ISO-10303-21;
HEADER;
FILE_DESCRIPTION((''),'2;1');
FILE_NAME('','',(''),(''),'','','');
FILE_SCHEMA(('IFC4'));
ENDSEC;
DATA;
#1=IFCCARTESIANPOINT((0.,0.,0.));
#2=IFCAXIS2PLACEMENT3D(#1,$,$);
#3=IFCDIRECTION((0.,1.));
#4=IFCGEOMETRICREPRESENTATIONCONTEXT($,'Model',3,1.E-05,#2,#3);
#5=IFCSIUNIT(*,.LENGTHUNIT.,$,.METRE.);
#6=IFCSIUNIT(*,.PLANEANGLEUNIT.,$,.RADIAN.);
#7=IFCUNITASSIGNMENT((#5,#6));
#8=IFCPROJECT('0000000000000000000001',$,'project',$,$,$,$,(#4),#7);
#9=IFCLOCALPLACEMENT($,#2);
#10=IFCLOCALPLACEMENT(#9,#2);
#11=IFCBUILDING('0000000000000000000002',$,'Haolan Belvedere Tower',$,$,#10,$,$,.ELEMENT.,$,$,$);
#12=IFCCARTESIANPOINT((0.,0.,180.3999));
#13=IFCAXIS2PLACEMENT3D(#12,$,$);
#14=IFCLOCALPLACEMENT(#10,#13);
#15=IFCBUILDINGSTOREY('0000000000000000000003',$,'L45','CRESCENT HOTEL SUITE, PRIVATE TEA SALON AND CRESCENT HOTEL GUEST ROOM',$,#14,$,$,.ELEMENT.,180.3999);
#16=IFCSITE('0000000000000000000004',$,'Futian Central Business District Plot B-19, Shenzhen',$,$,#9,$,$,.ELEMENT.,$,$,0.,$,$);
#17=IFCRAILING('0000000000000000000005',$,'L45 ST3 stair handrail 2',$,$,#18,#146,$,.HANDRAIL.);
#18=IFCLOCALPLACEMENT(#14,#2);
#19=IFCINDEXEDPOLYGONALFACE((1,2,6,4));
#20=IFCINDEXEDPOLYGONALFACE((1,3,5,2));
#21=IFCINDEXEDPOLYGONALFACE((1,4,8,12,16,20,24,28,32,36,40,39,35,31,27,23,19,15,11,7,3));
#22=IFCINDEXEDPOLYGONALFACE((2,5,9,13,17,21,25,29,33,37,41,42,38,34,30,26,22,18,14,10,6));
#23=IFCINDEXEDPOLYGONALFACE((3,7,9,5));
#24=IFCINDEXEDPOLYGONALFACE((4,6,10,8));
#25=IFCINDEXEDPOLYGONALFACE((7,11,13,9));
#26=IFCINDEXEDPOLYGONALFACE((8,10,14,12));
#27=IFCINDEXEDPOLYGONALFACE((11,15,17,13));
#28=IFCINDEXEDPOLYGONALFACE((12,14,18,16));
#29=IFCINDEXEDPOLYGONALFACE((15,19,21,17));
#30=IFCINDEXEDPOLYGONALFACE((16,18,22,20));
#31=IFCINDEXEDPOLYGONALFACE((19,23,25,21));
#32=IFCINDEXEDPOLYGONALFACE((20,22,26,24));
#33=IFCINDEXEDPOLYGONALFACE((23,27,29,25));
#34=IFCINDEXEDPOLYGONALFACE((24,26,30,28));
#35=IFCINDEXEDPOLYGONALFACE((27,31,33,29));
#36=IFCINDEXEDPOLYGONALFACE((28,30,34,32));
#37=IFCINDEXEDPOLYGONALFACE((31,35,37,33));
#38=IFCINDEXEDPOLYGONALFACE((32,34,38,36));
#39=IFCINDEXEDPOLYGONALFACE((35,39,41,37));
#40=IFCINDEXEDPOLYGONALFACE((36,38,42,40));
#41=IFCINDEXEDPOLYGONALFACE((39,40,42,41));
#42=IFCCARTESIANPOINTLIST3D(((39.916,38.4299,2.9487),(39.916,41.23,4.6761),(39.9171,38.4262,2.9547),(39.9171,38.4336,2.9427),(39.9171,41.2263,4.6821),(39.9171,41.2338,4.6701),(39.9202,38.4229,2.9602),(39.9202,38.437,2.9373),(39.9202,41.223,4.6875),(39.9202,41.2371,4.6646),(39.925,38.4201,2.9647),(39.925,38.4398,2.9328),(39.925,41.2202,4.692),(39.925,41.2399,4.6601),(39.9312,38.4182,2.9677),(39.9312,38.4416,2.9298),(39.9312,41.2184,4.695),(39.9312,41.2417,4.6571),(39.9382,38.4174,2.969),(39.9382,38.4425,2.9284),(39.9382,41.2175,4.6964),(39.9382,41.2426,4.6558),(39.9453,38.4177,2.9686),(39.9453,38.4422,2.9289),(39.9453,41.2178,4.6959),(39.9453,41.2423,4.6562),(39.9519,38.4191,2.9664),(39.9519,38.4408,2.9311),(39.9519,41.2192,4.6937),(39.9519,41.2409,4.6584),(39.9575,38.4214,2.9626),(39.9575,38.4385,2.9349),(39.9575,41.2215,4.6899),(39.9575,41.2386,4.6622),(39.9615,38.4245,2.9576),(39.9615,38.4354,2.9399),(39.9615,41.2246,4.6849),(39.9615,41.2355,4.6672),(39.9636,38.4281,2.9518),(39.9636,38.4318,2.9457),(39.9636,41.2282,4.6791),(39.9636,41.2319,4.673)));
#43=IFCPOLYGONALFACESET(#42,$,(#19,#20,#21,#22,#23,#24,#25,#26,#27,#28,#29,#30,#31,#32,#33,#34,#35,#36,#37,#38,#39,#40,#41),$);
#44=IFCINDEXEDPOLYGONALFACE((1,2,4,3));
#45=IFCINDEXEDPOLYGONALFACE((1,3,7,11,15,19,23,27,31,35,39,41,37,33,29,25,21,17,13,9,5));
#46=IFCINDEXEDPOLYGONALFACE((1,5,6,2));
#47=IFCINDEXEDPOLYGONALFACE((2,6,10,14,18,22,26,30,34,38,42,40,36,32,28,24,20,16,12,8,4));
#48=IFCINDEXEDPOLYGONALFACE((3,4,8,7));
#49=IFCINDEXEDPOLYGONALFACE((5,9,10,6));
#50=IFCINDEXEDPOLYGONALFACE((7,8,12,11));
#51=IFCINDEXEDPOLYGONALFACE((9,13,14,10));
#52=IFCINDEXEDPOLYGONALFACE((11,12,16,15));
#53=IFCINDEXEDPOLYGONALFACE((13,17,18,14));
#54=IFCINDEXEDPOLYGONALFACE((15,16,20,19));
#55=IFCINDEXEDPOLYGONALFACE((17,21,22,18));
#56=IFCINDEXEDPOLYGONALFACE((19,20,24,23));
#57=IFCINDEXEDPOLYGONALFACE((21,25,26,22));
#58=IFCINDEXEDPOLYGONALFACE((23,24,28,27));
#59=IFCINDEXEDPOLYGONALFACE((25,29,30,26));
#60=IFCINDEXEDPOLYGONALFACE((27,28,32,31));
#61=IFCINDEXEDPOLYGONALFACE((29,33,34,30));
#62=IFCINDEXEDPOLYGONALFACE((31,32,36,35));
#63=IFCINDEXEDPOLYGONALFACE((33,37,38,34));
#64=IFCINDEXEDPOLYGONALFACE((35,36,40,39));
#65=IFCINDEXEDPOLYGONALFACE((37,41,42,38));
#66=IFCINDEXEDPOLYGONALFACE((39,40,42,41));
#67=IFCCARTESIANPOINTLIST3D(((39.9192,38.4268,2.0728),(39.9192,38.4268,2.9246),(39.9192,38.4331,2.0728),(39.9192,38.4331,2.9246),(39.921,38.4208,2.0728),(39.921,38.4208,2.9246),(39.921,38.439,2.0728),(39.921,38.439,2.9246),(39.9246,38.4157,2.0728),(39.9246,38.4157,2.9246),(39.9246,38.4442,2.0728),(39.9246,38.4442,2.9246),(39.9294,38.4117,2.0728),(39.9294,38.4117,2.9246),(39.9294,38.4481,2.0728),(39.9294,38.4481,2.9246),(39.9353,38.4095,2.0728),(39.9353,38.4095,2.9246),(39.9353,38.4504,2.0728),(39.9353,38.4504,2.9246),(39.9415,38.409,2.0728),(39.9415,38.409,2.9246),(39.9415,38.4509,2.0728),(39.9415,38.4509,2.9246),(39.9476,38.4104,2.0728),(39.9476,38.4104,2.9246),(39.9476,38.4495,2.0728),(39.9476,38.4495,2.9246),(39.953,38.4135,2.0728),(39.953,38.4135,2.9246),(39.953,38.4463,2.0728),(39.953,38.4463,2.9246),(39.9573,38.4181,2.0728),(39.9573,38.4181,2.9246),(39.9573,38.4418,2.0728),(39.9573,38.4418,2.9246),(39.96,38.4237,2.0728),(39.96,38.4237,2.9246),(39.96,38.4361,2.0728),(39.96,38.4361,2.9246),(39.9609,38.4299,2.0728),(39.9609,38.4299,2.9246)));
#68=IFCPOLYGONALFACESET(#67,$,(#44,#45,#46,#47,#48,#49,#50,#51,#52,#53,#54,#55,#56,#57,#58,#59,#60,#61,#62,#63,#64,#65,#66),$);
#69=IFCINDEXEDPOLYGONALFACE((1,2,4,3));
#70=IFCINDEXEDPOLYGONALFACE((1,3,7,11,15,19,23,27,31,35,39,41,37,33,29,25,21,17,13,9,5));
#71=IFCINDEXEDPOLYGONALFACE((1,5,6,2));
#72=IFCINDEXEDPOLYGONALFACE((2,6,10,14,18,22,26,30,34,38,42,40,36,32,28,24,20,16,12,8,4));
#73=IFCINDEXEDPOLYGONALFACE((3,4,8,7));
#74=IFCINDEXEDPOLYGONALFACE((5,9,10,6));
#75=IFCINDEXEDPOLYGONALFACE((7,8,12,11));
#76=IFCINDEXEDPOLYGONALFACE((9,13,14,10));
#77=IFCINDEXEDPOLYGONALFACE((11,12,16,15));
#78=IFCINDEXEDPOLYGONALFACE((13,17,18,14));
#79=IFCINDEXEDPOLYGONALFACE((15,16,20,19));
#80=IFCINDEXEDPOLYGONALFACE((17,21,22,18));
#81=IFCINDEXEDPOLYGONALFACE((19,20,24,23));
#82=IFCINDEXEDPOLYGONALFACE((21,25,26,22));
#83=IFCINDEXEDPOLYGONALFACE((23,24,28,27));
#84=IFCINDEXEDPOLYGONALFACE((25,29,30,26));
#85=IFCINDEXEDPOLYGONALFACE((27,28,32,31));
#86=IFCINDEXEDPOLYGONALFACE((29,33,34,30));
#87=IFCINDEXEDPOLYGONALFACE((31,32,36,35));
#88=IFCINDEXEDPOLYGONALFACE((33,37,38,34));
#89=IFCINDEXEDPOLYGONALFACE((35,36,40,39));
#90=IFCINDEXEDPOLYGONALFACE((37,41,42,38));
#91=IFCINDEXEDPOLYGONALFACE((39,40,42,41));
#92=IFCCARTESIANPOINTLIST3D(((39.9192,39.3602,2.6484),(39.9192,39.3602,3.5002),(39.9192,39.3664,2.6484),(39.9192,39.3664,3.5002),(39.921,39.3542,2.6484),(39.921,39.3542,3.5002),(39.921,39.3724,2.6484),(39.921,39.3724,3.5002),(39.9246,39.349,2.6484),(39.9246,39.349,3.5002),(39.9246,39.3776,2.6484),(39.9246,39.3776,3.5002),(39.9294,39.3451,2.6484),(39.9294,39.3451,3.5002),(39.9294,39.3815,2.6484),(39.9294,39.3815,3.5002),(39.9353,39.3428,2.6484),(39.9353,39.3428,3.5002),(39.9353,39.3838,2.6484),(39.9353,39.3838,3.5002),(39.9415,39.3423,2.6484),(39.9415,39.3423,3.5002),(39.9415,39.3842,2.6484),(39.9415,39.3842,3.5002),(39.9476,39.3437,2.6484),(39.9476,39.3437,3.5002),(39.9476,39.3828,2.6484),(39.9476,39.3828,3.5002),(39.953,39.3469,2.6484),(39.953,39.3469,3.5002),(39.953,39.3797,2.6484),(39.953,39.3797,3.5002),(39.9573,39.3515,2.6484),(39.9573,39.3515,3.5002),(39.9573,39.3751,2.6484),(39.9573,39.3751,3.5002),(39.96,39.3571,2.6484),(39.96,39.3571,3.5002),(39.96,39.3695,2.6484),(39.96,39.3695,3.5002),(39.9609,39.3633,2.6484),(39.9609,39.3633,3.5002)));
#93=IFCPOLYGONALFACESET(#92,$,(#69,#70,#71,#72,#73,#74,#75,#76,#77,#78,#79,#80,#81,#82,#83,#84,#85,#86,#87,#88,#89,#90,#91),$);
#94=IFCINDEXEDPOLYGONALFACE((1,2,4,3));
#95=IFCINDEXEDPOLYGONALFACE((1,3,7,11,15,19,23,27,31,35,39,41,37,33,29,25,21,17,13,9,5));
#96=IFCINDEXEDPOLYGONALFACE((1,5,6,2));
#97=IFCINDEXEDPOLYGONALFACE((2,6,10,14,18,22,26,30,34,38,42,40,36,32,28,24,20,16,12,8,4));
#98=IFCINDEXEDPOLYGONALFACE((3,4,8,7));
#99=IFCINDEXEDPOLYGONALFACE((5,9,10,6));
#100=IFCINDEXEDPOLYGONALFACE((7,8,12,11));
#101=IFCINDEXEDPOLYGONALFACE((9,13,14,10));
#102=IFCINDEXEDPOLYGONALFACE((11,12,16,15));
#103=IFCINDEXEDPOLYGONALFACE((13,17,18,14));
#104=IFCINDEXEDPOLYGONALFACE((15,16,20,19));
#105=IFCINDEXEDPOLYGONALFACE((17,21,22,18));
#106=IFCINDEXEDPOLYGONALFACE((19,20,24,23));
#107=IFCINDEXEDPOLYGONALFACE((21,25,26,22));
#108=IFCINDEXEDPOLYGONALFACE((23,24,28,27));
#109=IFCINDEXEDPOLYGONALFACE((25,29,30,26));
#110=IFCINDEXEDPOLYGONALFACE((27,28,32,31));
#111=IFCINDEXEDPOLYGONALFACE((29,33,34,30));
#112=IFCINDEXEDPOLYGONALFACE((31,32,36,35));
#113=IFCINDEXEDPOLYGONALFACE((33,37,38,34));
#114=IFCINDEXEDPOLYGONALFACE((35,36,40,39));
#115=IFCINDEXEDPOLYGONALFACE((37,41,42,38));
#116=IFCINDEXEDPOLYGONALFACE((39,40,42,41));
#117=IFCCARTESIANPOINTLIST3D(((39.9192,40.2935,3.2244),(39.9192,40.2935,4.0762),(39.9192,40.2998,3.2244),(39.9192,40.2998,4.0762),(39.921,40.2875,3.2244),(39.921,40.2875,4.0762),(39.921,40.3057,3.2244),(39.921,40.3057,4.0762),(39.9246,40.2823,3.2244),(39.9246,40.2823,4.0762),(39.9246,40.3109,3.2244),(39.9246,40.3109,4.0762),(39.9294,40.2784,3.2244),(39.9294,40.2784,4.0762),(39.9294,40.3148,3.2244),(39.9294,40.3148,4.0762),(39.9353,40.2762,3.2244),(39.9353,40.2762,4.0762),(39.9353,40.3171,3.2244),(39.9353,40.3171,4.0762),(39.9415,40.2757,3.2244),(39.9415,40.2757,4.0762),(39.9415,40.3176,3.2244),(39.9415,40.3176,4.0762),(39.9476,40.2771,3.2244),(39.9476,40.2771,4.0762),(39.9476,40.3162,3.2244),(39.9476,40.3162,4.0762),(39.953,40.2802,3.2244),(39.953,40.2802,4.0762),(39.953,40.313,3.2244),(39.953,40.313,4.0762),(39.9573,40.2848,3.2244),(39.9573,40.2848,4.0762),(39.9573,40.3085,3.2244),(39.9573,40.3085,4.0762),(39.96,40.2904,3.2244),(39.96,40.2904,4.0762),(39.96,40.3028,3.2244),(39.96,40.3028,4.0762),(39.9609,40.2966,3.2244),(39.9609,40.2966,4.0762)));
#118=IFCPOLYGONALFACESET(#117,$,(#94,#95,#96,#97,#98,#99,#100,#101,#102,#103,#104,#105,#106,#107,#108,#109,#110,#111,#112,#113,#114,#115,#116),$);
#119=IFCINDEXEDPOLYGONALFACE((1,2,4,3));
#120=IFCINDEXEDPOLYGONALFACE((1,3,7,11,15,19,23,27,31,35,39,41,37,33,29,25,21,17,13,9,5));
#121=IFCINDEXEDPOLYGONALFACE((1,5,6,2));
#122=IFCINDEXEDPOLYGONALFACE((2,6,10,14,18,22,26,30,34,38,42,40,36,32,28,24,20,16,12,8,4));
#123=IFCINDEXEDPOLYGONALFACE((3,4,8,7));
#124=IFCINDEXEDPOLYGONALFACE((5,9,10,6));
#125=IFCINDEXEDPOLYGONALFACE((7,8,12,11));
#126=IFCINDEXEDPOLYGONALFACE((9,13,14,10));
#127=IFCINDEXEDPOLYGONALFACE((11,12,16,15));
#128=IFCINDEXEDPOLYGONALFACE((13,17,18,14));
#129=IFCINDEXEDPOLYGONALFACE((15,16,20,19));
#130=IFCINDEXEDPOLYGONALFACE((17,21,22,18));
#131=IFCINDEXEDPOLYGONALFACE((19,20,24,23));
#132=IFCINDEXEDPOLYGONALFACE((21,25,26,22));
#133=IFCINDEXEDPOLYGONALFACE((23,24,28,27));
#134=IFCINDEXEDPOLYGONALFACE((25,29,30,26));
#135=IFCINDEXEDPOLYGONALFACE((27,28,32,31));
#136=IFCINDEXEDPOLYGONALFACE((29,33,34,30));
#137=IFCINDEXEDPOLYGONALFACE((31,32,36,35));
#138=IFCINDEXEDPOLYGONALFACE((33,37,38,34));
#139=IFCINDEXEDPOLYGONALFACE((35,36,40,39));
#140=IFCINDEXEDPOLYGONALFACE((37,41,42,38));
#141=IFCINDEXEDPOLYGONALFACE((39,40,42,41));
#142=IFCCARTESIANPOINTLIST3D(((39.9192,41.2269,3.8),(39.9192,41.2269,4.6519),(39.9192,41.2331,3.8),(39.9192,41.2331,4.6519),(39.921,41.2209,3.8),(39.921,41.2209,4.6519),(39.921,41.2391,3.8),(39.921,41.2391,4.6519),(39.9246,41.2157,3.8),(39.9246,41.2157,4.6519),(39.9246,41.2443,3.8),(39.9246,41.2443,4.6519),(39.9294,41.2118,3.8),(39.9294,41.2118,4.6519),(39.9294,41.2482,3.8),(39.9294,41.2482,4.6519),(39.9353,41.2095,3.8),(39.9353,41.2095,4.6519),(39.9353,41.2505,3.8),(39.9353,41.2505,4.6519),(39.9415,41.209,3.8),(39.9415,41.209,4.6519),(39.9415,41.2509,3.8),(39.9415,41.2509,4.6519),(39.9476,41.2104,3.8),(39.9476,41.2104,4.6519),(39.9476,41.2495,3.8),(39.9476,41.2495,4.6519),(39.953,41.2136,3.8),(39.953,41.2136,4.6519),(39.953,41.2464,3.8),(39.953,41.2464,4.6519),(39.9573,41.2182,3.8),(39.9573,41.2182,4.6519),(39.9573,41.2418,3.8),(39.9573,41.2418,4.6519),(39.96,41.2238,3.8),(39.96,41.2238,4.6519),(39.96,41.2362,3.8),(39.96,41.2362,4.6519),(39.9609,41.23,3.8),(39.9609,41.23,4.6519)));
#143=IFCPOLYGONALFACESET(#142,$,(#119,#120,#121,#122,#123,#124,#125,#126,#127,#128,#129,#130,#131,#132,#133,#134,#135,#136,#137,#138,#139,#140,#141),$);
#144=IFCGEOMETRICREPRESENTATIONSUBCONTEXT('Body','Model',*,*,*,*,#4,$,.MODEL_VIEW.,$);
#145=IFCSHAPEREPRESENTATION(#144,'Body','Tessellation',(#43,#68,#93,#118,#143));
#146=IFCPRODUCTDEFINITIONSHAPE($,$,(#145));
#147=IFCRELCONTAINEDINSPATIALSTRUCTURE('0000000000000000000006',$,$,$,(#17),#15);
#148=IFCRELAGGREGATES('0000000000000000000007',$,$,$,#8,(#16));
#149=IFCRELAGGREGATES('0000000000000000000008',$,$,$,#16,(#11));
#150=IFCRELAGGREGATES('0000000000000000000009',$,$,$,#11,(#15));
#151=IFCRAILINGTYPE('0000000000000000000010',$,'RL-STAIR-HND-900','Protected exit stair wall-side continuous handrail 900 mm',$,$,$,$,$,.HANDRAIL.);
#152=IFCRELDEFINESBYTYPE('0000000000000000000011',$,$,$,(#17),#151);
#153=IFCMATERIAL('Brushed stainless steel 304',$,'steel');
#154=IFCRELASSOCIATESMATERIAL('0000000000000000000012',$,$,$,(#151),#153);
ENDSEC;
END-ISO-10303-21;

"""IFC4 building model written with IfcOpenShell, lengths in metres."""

from ifc_helpers import new_model, si_unit, direction, frame, origin, origin_2d, place, context, subcontext, project, spatial, circle, extrude, material, type_object, element, save


model = new_model("IFC4")

# Units and contexts
model_context = context("Model", 3, precision=1e-05, world=origin(), true_north=direction((0.0, 1.0)))
body_context = subcontext(model_context, "Body", "Model", "MODEL_VIEW")
ifc_project = project(units=[si_unit("LENGTHUNIT", "METRE"), si_unit("PLANEANGLEUNIT", "RADIAN")], contexts=[model_context])

# Site, building, storey
site_placement = place(None, origin())
site = spatial("IfcSite", under=ifc_project, at=site_placement, Name="Futian Central Business District Plot B-19, Shenzhen", CompositionType="ELEMENT", RefElevation=0.0)
building_placement = place(site_placement, origin())
building = spatial("IfcBuilding", under=site, at=building_placement, Name="Haolan Belvedere Tower", CompositionType="ELEMENT")
storey_placement = place(building_placement, frame((0.0, 0.0, 180.3999)))
storey = spatial("IfcBuildingStorey", under=building, at=storey_placement, Name="L45", Description="CRESCENT HOTEL SUITE, PRIVATE TEA SALON AND CRESCENT HOTEL GUEST ROOM", CompositionType="ELEMENT", Elevation=180.3999)

# Railing
ifc_material_1 = material(Name="Brushed stainless steel 304", Category="steel")
railing_type_1 = type_object("IfcRailingType", Name="RL-STAIR-HND-900", Description="Protected exit stair wall-side continuous handrail 900 mm", PredefinedType="HANDRAIL", material=ifc_material_1)
railing_1_placement = place(storey_placement, frame((39.9399, 38.4299, 2.0728)))
element("IfcRailing", 1, at=railing_1_placement, inside=storey, type_object=railing_type_1, Name="L45 ST3 stair handrail 2", PredefinedType="HANDRAIL", context=body_context, shape_type="SweptSolid", body=[
    extrude(circle(Radius=0.0239, at=origin_2d()), frame((0.0, 0.0, 0.876), z_axis=(0.0, 0.85109, 0.52502), x_axis=(-1.0, 0.0, 0.0)), (0.0, 0.0, 1.0), 3.29),
    extrude(circle(Radius=0.021, at=origin_2d()), origin(), (0.0, 0.0, 1.0), 0.8518),
    extrude(circle(Radius=0.021, at=origin_2d()), frame((0.0, 0.9333, 0.5757)), (0.0, 0.0, 1.0), 0.8518),
    extrude(circle(Radius=0.021, at=origin_2d()), frame((0.0, 1.8667, 1.1516)), (0.0, 0.0, 1.0), 0.8518),
    extrude(circle(Radius=0.021, at=origin_2d()), frame((0.0, 2.8, 1.7273)), (0.0, 0.0, 1.0), 0.8518),
])

save(model, "model.ifc")
